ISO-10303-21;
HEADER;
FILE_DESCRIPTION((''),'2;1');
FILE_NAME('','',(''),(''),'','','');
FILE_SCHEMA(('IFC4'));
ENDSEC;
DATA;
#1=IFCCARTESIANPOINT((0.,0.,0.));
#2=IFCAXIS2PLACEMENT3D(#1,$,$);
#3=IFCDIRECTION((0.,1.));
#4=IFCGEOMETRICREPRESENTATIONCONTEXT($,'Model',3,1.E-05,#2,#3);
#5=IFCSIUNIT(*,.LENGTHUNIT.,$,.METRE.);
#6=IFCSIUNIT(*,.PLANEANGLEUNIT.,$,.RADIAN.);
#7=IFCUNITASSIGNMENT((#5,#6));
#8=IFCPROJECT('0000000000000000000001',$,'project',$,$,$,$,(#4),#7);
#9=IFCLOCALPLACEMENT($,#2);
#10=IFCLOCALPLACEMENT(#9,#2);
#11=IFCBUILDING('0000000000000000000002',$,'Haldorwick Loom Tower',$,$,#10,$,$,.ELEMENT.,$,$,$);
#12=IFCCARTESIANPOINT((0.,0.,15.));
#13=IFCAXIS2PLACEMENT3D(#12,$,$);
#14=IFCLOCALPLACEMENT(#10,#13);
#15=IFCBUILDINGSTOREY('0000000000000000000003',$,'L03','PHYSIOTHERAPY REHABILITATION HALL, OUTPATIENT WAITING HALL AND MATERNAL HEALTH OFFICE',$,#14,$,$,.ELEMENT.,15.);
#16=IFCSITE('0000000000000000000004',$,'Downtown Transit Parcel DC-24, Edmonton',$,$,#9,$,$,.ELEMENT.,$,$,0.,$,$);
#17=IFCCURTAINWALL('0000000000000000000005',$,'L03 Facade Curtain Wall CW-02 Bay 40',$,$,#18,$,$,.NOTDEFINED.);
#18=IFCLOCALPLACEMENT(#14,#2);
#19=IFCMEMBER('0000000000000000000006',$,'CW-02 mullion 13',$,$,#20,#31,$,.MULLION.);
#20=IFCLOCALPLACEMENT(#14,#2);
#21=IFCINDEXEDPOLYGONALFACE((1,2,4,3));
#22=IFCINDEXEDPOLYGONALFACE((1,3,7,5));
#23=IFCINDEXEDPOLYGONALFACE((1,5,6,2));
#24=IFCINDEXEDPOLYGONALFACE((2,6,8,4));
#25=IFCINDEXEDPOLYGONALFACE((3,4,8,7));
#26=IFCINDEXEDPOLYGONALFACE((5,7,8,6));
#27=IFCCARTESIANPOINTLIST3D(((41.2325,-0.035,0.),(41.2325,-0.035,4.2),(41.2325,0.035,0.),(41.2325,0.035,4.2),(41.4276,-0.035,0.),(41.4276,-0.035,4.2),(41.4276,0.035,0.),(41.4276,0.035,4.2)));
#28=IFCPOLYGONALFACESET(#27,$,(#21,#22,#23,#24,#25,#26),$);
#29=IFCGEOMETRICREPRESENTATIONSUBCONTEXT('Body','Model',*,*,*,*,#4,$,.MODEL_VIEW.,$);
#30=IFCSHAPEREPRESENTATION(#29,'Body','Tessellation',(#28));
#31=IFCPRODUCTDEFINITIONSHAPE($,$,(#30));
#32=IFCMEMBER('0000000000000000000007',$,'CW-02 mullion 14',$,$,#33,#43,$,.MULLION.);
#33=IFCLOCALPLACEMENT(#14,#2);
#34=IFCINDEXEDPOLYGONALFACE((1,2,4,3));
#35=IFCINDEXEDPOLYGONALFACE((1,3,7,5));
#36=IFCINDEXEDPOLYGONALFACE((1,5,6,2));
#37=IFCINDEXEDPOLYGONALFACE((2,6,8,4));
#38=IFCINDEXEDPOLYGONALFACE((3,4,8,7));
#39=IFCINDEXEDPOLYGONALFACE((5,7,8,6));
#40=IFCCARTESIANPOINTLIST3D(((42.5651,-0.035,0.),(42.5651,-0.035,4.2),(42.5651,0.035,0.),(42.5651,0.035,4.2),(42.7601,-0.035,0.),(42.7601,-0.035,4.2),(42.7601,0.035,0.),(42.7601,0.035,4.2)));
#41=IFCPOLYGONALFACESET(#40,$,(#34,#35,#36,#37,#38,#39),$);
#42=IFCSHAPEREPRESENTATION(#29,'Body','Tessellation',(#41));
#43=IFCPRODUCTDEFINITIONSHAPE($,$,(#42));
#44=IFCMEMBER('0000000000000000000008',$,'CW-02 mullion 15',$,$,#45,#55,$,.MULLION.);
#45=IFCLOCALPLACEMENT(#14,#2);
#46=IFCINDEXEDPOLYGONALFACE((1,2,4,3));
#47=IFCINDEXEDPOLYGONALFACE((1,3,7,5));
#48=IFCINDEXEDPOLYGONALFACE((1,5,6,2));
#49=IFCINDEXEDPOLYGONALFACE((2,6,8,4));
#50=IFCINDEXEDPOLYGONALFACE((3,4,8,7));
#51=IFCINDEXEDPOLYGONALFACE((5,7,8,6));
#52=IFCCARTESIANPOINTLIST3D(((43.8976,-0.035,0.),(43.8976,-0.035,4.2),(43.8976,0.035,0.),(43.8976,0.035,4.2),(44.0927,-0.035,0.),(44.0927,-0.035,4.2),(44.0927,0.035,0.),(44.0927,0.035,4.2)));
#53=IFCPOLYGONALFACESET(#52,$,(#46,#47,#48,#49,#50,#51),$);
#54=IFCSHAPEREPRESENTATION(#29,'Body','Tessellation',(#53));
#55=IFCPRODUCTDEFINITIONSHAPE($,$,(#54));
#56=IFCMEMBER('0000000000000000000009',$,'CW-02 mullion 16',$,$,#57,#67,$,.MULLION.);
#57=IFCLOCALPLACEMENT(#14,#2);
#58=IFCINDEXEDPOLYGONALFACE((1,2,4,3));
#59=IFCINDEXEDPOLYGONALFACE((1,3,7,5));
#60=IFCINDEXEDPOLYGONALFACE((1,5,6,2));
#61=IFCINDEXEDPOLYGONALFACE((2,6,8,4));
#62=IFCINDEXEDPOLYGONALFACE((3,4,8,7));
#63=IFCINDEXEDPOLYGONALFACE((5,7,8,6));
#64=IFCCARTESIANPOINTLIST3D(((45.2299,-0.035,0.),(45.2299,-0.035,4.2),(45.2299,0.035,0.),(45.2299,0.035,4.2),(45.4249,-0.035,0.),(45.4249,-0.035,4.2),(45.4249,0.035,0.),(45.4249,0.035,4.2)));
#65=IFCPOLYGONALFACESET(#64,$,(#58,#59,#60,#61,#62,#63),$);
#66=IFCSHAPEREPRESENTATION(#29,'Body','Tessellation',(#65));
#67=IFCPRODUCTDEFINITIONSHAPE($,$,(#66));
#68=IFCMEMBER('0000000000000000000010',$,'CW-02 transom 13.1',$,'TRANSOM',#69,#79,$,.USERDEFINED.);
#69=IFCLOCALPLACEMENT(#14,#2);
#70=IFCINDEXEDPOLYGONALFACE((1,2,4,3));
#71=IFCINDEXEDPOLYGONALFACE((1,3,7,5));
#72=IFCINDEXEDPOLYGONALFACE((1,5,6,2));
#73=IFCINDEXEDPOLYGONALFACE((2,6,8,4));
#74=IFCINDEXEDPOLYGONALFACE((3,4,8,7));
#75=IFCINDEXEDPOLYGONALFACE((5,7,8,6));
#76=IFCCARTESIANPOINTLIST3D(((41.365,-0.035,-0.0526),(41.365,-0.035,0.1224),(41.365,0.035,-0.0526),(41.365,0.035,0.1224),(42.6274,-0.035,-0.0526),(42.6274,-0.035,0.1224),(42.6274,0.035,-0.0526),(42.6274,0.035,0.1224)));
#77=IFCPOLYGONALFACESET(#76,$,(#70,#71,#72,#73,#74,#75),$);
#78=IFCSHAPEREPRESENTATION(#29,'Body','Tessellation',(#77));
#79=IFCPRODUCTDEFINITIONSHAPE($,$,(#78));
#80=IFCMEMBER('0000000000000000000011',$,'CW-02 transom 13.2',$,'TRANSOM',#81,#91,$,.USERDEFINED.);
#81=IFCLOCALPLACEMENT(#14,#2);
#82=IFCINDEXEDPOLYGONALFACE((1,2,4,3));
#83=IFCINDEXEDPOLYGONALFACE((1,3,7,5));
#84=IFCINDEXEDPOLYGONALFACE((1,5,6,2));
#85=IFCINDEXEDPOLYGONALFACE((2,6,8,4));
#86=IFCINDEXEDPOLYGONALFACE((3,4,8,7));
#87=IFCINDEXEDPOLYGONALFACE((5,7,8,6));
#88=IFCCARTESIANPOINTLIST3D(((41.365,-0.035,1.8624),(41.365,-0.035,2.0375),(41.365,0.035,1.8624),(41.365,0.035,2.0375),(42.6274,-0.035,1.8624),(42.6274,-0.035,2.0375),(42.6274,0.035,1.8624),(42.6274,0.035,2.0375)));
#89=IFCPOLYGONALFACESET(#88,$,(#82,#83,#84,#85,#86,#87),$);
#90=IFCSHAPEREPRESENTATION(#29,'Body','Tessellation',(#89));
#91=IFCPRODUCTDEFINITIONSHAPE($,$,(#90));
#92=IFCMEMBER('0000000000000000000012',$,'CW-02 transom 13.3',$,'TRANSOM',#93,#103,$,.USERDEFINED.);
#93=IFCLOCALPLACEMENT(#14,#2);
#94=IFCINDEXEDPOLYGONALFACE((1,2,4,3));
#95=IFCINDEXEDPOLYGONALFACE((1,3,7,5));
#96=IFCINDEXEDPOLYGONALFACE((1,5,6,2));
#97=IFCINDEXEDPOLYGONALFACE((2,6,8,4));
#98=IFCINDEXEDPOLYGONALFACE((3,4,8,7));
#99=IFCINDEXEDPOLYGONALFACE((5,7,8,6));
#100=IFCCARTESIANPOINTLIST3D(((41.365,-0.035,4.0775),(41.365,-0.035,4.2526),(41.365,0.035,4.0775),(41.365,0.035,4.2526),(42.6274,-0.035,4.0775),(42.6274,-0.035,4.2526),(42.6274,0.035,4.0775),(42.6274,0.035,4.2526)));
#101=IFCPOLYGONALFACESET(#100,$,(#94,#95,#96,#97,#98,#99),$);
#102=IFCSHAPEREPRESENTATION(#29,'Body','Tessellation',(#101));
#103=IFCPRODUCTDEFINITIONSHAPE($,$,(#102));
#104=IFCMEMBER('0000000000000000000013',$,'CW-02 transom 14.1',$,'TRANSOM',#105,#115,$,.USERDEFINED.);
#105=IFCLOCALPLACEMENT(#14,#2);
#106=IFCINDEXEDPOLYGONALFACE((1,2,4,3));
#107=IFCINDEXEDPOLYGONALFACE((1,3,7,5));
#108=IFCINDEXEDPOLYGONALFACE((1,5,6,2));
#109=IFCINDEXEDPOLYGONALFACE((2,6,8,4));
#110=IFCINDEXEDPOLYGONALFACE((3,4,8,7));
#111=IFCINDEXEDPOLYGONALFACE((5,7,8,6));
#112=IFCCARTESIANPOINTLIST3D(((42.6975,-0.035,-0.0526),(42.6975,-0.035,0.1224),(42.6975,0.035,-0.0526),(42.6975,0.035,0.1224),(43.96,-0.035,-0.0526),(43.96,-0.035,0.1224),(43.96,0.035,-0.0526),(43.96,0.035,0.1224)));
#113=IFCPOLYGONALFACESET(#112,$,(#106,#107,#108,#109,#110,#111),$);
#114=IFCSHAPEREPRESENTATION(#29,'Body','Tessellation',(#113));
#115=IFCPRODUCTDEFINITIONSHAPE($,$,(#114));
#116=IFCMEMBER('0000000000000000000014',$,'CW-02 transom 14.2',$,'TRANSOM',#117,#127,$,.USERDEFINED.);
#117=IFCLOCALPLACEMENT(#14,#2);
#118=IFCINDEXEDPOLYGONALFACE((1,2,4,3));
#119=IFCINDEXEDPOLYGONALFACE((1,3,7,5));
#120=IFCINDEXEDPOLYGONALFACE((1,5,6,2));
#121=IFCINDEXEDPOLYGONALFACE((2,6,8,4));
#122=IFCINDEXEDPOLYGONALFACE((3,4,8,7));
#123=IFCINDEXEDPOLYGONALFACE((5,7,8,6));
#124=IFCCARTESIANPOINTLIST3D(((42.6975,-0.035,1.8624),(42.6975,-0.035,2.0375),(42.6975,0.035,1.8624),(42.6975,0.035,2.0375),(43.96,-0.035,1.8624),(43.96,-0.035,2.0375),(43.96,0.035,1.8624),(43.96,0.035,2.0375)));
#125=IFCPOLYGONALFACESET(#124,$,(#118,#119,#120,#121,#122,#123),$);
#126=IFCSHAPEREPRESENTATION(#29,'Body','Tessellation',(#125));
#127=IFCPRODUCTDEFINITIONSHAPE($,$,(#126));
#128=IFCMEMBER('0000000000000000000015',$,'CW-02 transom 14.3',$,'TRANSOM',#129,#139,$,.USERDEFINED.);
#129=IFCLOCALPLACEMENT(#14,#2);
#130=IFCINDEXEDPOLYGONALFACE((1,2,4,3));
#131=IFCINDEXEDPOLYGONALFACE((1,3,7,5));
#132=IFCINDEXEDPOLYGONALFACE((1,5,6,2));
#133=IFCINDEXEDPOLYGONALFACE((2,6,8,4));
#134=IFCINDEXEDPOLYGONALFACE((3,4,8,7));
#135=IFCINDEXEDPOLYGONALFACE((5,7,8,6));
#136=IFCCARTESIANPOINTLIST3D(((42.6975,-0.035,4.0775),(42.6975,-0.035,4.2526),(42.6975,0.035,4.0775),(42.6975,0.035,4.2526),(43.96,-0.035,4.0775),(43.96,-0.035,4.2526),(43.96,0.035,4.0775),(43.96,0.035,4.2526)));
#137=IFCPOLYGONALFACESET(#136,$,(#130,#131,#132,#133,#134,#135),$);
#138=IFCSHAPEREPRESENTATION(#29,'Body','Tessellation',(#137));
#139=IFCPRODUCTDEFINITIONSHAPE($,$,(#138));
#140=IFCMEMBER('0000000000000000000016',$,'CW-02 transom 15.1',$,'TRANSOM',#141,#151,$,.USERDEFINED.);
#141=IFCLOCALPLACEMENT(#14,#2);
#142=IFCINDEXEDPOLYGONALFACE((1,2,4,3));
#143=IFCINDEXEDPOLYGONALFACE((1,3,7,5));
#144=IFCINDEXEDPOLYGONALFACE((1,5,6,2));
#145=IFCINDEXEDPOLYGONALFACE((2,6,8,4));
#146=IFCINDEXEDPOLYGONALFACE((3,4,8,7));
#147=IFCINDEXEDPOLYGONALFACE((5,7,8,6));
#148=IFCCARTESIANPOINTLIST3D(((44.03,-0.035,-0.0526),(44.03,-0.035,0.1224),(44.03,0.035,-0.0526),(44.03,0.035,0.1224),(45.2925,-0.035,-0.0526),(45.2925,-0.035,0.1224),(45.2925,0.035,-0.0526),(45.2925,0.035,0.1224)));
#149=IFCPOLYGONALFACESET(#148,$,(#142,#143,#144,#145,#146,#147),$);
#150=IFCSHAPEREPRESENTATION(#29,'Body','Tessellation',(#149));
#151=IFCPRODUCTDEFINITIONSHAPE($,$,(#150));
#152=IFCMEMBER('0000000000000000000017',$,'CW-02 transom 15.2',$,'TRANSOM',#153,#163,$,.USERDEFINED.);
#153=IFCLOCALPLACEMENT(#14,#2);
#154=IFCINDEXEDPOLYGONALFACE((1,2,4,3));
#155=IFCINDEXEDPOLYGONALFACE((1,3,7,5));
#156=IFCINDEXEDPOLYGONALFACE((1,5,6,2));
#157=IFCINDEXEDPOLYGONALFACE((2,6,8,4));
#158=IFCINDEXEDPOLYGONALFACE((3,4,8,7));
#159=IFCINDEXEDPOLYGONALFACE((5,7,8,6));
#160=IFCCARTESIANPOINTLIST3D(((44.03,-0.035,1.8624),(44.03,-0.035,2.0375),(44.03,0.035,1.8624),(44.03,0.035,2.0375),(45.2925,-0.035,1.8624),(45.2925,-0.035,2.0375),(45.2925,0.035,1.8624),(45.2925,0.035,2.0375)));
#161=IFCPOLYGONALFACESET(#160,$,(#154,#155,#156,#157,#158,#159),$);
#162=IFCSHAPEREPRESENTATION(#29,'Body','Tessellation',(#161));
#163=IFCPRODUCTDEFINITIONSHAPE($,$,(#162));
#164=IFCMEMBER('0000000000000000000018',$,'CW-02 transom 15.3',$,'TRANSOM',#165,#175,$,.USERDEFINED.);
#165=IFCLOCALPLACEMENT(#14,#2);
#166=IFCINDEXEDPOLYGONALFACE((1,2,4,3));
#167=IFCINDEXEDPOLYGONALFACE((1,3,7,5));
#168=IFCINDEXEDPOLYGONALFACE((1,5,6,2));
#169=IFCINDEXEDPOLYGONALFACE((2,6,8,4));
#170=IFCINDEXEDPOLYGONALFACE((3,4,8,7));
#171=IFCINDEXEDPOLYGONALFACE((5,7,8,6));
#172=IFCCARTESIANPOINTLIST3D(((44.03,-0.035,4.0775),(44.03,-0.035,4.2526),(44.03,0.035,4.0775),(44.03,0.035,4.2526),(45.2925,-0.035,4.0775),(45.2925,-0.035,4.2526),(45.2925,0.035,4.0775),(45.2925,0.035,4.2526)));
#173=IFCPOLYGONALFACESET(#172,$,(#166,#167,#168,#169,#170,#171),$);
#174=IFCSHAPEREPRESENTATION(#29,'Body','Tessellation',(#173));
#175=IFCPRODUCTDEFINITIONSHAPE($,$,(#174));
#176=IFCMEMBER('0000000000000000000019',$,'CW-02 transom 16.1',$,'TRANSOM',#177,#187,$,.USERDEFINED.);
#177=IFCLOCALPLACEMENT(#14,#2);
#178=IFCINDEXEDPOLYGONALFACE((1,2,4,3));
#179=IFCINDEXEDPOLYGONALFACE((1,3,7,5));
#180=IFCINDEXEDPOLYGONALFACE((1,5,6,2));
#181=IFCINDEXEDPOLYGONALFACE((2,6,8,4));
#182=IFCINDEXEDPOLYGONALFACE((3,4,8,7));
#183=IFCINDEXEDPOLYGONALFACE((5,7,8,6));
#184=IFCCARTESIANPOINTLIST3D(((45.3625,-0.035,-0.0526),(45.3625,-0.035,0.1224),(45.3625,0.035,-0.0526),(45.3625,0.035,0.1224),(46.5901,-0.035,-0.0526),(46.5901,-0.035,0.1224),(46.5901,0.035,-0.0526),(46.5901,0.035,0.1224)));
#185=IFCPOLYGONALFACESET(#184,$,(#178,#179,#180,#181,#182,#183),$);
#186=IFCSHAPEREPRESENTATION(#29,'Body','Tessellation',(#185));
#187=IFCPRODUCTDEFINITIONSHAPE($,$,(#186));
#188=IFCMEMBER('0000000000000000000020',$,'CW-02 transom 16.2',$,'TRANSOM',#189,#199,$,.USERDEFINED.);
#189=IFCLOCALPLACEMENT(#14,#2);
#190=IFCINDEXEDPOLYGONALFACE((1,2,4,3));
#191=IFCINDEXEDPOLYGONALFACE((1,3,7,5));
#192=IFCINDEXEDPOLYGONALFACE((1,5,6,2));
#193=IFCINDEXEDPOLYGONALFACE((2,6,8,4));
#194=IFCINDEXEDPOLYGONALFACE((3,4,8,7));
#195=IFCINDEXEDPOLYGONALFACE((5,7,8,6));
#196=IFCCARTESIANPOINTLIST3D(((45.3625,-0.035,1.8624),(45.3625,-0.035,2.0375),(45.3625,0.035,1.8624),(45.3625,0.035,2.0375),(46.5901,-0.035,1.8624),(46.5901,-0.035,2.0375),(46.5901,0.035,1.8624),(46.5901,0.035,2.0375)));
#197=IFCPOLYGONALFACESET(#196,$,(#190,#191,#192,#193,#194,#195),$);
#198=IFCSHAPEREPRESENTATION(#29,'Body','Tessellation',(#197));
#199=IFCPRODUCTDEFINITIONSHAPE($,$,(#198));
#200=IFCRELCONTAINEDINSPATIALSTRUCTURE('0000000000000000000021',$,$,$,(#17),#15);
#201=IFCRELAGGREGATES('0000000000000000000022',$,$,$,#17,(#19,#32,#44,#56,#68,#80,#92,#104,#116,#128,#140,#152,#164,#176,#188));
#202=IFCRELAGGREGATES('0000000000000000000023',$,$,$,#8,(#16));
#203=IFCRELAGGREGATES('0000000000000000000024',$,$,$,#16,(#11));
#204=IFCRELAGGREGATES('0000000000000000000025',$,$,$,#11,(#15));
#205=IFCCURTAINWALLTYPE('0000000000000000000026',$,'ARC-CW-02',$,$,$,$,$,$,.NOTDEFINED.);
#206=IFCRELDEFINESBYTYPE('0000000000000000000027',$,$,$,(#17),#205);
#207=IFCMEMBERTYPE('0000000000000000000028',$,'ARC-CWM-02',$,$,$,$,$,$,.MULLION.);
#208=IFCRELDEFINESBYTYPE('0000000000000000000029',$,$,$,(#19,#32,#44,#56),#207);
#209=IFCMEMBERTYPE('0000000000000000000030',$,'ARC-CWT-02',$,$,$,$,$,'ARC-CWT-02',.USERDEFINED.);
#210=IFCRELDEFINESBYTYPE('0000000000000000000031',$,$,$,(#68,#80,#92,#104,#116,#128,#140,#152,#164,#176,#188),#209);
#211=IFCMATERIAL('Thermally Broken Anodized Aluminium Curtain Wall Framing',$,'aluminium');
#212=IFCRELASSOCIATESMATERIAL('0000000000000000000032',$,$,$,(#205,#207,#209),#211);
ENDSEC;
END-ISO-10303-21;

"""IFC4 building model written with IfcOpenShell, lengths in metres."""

from ifc_helpers import new_model, si_unit, direction, frame, origin, origin_2d, place, context, subcontext, project, spatial, rectangle, extrude, material, material_profile, profile_set, type_object, element, aggregate, save


model = new_model("IFC4")

# Units and contexts
model_context = context("Model", 3, precision=1e-05, world=origin(), true_north=direction((0.0, 1.0)))
body_context = subcontext(model_context, "Body", "Model", "MODEL_VIEW")
ifc_project = project(units=[si_unit("LENGTHUNIT", "METRE"), si_unit("PLANEANGLEUNIT", "RADIAN")], contexts=[model_context])

# Site, building, storey
site_placement = place(None, origin())
site = spatial("IfcSite", under=ifc_project, at=site_placement, Name="Downtown Transit Parcel DC-24, Edmonton", CompositionType="ELEMENT", RefElevation=0.0)
building_placement = place(site_placement, origin())
building = spatial("IfcBuilding", under=site, at=building_placement, Name="Haldorwick Loom Tower", CompositionType="ELEMENT")
storey_placement = place(building_placement, frame((0.0, 0.0, 15.0)))
storey = spatial("IfcBuildingStorey", under=building, at=storey_placement, Name="L03", Description="PHYSIOTHERAPY REHABILITATION HALL, OUTPATIENT WAITING HALL AND MATERNAL HEALTH OFFICE", CompositionType="ELEMENT", Elevation=15.0)

# Curtain wall, members
ifc_material_1 = material(Name="Thermally Broken Anodized Aluminium Curtain Wall Framing", Category="aluminium")
curtain_wall_type = type_object("IfcCurtainWallType", Name="ARC-CW-02", PredefinedType="NOTDEFINED", material=ifc_material_1)
curtain_wall_placement = place(storey_placement, origin())
curtain_wall = element("IfcCurtainWall", 1, at=curtain_wall_placement, inside=storey, type_object=curtain_wall_type, Name="L03 Facade Curtain Wall CW-02 Bay 40", PredefinedType="NOTDEFINED")
ifc_material_profile_1 = material_profile(ifc_material_1, rectangle(XDim=0.0701, YDim=0.1951, at=origin_2d()), Name="ALU_MUL_70X195", Category="aluminium")
ifc_profile_set_1 = profile_set([ifc_material_profile_1], Name="Thermally Broken Anodized Aluminium Curtain Wall Framing")
member_type_1 = type_object("IfcMemberType", Name="ARC-CWM-02", PredefinedType="MULLION", material=ifc_profile_set_1)
member_1_placement = place(storey_placement, frame((41.3301, 0.0, 0.0), z_axis=(0.0, 0.0, 1.0), x_axis=(0.0, 1.0, 0.0)))
member_1 = element("IfcMember", 2, at=member_1_placement, type_object=member_type_1, Name="CW-02 mullion 13", PredefinedType="MULLION", context=body_context, shape_type="SweptSolid", body=[
    extrude(rectangle(XDim=0.0701, YDim=0.1951, at=origin_2d()), origin(), (0.0, 0.0, 1.0), 4.2),
])
member_2_placement = place(storey_placement, frame((42.6626, 0.0, 0.0), z_axis=(0.0, 0.0, 1.0), x_axis=(0.0, 1.0, 0.0)))
member_2 = element("IfcMember", 3, at=member_2_placement, type_object=member_type_1, Name="CW-02 mullion 14", PredefinedType="MULLION", context=body_context, shape_type="SweptSolid", body=[
    extrude(rectangle(XDim=0.0701, YDim=0.1951, at=origin_2d()), origin(), (0.0, 0.0, 1.0), 4.2),
])
member_3_placement = place(storey_placement, frame((43.9951, 0.0, 0.0), z_axis=(0.0, 0.0, 1.0), x_axis=(0.0, 1.0, 0.0)))
member_3 = element("IfcMember", 4, at=member_3_placement, type_object=member_type_1, Name="CW-02 mullion 15", PredefinedType="MULLION", context=body_context, shape_type="SweptSolid", body=[
    extrude(rectangle(XDim=0.0701, YDim=0.1951, at=origin_2d()), origin(), (0.0, 0.0, 1.0), 4.2),
])
member_4_placement = place(storey_placement, frame((45.3274, 0.0, 0.0), z_axis=(0.0, 0.0, 1.0), x_axis=(0.0, 1.0, 0.0)))
member_4 = element("IfcMember", 5, at=member_4_placement, type_object=member_type_1, Name="CW-02 mullion 16", PredefinedType="MULLION", context=body_context, shape_type="SweptSolid", body=[
    extrude(rectangle(XDim=0.0701, YDim=0.1951, at=origin_2d()), origin(), (0.0, 0.0, 1.0), 4.2),
])
ifc_material_profile_2 = material_profile(ifc_material_1, rectangle(XDim=0.0701, YDim=0.175, at=origin_2d()), Name="ALU_TRN_70X175", Category="aluminium")
ifc_profile_set_2 = profile_set([ifc_material_profile_2], Name="Thermally Broken Anodized Aluminium Curtain Wall Framing")
member_type_2 = type_object("IfcMemberType", Name="ARC-CWT-02", ElementType="ARC-CWT-02", PredefinedType="USERDEFINED", material=ifc_profile_set_2)
member_5_placement = place(storey_placement, frame((41.365, 0.0, 0.0349), z_axis=(1.0, 0.0, 0.0), x_axis=(0.0, 1.0, 0.0)))
member_5 = element("IfcMember", 6, at=member_5_placement, type_object=member_type_2, Name="CW-02 transom 13.1", ObjectType="TRANSOM", PredefinedType="USERDEFINED", context=body_context, shape_type="SweptSolid", body=[
    extrude(rectangle(XDim=0.0701, YDim=0.175, at=origin_2d()), origin(), (0.0, 0.0, 1.0), 1.2625),
])
member_6_placement = place(storey_placement, frame((41.365, 0.0, 1.95), z_axis=(1.0, 0.0, 0.0), x_axis=(0.0, 1.0, 0.0)))
member_6 = element("IfcMember", 7, at=member_6_placement, type_object=member_type_2, Name="CW-02 transom 13.2", ObjectType="TRANSOM", PredefinedType="USERDEFINED", context=body_context, shape_type="SweptSolid", body=[
    extrude(rectangle(XDim=0.0701, YDim=0.175, at=origin_2d()), origin(), (0.0, 0.0, 1.0), 1.2625),
])
member_7_placement = place(storey_placement, frame((41.365, 0.0, 4.165), z_axis=(1.0, 0.0, 0.0), x_axis=(0.0, 1.0, 0.0)))
member_7 = element("IfcMember", 8, at=member_7_placement, type_object=member_type_2, Name="CW-02 transom 13.3", ObjectType="TRANSOM", PredefinedType="USERDEFINED", context=body_context, shape_type="SweptSolid", body=[
    extrude(rectangle(XDim=0.0701, YDim=0.175, at=origin_2d()), origin(), (0.0, 0.0, 1.0), 1.2625),
])
member_8_placement = place(storey_placement, frame((42.6975, 0.0, 0.0349), z_axis=(1.0, 0.0, 0.0), x_axis=(0.0, 1.0, 0.0)))
member_8 = element("IfcMember", 9, at=member_8_placement, type_object=member_type_2, Name="CW-02 transom 14.1", ObjectType="TRANSOM", PredefinedType="USERDEFINED", context=body_context, shape_type="SweptSolid", body=[
    extrude(rectangle(XDim=0.0701, YDim=0.175, at=origin_2d()), origin(), (0.0, 0.0, 1.0), 1.2625),
])
member_9_placement = place(storey_placement, frame((42.6975, 0.0, 1.95), z_axis=(1.0, 0.0, 0.0), x_axis=(0.0, 1.0, 0.0)))
member_9 = element("IfcMember", 10, at=member_9_placement, type_object=member_type_2, Name="CW-02 transom 14.2", ObjectType="TRANSOM", PredefinedType="USERDEFINED", context=body_context, shape_type="SweptSolid", body=[
    extrude(rectangle(XDim=0.0701, YDim=0.175, at=origin_2d()), origin(), (0.0, 0.0, 1.0), 1.2625),
])
member_10_placement = place(storey_placement, frame((42.6975, 0.0, 4.165), z_axis=(1.0, 0.0, 0.0), x_axis=(0.0, 1.0, 0.0)))
member_10 = element("IfcMember", 11, at=member_10_placement, type_object=member_type_2, Name="CW-02 transom 14.3", ObjectType="TRANSOM", PredefinedType="USERDEFINED", context=body_context, shape_type="SweptSolid", body=[
    extrude(rectangle(XDim=0.0701, YDim=0.175, at=origin_2d()), origin(), (0.0, 0.0, 1.0), 1.2625),
])
member_11_placement = place(storey_placement, frame((44.03, 0.0, 0.0349), z_axis=(1.0, 0.0, 0.0), x_axis=(0.0, 1.0, 0.0)))
member_11 = element("IfcMember", 12, at=member_11_placement, type_object=member_type_2, Name="CW-02 transom 15.1", ObjectType="TRANSOM", PredefinedType="USERDEFINED", context=body_context, shape_type="SweptSolid", body=[
    extrude(rectangle(XDim=0.0701, YDim=0.175, at=origin_2d()), origin(), (0.0, 0.0, 1.0), 1.2625),
])
member_12_placement = place(storey_placement, frame((44.03, 0.0, 1.95), z_axis=(1.0, 0.0, 0.0), x_axis=(0.0, 1.0, 0.0)))
member_12 = element("IfcMember", 13, at=member_12_placement, type_object=member_type_2, Name="CW-02 transom 15.2", ObjectType="TRANSOM", PredefinedType="USERDEFINED", context=body_context, shape_type="SweptSolid", body=[
    extrude(rectangle(XDim=0.0701, YDim=0.175, at=origin_2d()), origin(), (0.0, 0.0, 1.0), 1.2625),
])
member_13_placement = place(storey_placement, frame((44.03, 0.0, 4.165), z_axis=(1.0, 0.0, 0.0), x_axis=(0.0, 1.0, 0.0)))
member_13 = element("IfcMember", 14, at=member_13_placement, type_object=member_type_2, Name="CW-02 transom 15.3", ObjectType="TRANSOM", PredefinedType="USERDEFINED", context=body_context, shape_type="SweptSolid", body=[
    extrude(rectangle(XDim=0.0701, YDim=0.175, at=origin_2d()), origin(), (0.0, 0.0, 1.0), 1.2625),
])
member_14_placement = place(storey_placement, frame((45.3625, 0.0, 0.0349), z_axis=(1.0, 0.0, 0.0), x_axis=(0.0, 1.0, 0.0)))
member_14 = element("IfcMember", 15, at=member_14_placement, type_object=member_type_2, Name="CW-02 transom 16.1", ObjectType="TRANSOM", PredefinedType="USERDEFINED", context=body_context, shape_type="SweptSolid", body=[
    extrude(rectangle(XDim=0.0701, YDim=0.175, at=origin_2d()), origin(), (0.0, 0.0, 1.0), 1.2275),
])
member_15_placement = place(storey_placement, frame((45.3625, 0.0, 1.95), z_axis=(1.0, 0.0, 0.0), x_axis=(0.0, 1.0, 0.0)))
member_15 = element("IfcMember", 16, at=member_15_placement, type_object=member_type_2, Name="CW-02 transom 16.2", ObjectType="TRANSOM", PredefinedType="USERDEFINED", context=body_context, shape_type="SweptSolid", body=[
    extrude(rectangle(XDim=0.0701, YDim=0.175, at=origin_2d()), origin(), (0.0, 0.0, 1.0), 1.2275),
])
aggregate(curtain_wall, [member_1, member_2, member_3, member_4, member_5, member_6, member_7, member_8, member_9, member_10, member_11, member_12, member_13, member_14, member_15])

save(model, "model.ifc")
